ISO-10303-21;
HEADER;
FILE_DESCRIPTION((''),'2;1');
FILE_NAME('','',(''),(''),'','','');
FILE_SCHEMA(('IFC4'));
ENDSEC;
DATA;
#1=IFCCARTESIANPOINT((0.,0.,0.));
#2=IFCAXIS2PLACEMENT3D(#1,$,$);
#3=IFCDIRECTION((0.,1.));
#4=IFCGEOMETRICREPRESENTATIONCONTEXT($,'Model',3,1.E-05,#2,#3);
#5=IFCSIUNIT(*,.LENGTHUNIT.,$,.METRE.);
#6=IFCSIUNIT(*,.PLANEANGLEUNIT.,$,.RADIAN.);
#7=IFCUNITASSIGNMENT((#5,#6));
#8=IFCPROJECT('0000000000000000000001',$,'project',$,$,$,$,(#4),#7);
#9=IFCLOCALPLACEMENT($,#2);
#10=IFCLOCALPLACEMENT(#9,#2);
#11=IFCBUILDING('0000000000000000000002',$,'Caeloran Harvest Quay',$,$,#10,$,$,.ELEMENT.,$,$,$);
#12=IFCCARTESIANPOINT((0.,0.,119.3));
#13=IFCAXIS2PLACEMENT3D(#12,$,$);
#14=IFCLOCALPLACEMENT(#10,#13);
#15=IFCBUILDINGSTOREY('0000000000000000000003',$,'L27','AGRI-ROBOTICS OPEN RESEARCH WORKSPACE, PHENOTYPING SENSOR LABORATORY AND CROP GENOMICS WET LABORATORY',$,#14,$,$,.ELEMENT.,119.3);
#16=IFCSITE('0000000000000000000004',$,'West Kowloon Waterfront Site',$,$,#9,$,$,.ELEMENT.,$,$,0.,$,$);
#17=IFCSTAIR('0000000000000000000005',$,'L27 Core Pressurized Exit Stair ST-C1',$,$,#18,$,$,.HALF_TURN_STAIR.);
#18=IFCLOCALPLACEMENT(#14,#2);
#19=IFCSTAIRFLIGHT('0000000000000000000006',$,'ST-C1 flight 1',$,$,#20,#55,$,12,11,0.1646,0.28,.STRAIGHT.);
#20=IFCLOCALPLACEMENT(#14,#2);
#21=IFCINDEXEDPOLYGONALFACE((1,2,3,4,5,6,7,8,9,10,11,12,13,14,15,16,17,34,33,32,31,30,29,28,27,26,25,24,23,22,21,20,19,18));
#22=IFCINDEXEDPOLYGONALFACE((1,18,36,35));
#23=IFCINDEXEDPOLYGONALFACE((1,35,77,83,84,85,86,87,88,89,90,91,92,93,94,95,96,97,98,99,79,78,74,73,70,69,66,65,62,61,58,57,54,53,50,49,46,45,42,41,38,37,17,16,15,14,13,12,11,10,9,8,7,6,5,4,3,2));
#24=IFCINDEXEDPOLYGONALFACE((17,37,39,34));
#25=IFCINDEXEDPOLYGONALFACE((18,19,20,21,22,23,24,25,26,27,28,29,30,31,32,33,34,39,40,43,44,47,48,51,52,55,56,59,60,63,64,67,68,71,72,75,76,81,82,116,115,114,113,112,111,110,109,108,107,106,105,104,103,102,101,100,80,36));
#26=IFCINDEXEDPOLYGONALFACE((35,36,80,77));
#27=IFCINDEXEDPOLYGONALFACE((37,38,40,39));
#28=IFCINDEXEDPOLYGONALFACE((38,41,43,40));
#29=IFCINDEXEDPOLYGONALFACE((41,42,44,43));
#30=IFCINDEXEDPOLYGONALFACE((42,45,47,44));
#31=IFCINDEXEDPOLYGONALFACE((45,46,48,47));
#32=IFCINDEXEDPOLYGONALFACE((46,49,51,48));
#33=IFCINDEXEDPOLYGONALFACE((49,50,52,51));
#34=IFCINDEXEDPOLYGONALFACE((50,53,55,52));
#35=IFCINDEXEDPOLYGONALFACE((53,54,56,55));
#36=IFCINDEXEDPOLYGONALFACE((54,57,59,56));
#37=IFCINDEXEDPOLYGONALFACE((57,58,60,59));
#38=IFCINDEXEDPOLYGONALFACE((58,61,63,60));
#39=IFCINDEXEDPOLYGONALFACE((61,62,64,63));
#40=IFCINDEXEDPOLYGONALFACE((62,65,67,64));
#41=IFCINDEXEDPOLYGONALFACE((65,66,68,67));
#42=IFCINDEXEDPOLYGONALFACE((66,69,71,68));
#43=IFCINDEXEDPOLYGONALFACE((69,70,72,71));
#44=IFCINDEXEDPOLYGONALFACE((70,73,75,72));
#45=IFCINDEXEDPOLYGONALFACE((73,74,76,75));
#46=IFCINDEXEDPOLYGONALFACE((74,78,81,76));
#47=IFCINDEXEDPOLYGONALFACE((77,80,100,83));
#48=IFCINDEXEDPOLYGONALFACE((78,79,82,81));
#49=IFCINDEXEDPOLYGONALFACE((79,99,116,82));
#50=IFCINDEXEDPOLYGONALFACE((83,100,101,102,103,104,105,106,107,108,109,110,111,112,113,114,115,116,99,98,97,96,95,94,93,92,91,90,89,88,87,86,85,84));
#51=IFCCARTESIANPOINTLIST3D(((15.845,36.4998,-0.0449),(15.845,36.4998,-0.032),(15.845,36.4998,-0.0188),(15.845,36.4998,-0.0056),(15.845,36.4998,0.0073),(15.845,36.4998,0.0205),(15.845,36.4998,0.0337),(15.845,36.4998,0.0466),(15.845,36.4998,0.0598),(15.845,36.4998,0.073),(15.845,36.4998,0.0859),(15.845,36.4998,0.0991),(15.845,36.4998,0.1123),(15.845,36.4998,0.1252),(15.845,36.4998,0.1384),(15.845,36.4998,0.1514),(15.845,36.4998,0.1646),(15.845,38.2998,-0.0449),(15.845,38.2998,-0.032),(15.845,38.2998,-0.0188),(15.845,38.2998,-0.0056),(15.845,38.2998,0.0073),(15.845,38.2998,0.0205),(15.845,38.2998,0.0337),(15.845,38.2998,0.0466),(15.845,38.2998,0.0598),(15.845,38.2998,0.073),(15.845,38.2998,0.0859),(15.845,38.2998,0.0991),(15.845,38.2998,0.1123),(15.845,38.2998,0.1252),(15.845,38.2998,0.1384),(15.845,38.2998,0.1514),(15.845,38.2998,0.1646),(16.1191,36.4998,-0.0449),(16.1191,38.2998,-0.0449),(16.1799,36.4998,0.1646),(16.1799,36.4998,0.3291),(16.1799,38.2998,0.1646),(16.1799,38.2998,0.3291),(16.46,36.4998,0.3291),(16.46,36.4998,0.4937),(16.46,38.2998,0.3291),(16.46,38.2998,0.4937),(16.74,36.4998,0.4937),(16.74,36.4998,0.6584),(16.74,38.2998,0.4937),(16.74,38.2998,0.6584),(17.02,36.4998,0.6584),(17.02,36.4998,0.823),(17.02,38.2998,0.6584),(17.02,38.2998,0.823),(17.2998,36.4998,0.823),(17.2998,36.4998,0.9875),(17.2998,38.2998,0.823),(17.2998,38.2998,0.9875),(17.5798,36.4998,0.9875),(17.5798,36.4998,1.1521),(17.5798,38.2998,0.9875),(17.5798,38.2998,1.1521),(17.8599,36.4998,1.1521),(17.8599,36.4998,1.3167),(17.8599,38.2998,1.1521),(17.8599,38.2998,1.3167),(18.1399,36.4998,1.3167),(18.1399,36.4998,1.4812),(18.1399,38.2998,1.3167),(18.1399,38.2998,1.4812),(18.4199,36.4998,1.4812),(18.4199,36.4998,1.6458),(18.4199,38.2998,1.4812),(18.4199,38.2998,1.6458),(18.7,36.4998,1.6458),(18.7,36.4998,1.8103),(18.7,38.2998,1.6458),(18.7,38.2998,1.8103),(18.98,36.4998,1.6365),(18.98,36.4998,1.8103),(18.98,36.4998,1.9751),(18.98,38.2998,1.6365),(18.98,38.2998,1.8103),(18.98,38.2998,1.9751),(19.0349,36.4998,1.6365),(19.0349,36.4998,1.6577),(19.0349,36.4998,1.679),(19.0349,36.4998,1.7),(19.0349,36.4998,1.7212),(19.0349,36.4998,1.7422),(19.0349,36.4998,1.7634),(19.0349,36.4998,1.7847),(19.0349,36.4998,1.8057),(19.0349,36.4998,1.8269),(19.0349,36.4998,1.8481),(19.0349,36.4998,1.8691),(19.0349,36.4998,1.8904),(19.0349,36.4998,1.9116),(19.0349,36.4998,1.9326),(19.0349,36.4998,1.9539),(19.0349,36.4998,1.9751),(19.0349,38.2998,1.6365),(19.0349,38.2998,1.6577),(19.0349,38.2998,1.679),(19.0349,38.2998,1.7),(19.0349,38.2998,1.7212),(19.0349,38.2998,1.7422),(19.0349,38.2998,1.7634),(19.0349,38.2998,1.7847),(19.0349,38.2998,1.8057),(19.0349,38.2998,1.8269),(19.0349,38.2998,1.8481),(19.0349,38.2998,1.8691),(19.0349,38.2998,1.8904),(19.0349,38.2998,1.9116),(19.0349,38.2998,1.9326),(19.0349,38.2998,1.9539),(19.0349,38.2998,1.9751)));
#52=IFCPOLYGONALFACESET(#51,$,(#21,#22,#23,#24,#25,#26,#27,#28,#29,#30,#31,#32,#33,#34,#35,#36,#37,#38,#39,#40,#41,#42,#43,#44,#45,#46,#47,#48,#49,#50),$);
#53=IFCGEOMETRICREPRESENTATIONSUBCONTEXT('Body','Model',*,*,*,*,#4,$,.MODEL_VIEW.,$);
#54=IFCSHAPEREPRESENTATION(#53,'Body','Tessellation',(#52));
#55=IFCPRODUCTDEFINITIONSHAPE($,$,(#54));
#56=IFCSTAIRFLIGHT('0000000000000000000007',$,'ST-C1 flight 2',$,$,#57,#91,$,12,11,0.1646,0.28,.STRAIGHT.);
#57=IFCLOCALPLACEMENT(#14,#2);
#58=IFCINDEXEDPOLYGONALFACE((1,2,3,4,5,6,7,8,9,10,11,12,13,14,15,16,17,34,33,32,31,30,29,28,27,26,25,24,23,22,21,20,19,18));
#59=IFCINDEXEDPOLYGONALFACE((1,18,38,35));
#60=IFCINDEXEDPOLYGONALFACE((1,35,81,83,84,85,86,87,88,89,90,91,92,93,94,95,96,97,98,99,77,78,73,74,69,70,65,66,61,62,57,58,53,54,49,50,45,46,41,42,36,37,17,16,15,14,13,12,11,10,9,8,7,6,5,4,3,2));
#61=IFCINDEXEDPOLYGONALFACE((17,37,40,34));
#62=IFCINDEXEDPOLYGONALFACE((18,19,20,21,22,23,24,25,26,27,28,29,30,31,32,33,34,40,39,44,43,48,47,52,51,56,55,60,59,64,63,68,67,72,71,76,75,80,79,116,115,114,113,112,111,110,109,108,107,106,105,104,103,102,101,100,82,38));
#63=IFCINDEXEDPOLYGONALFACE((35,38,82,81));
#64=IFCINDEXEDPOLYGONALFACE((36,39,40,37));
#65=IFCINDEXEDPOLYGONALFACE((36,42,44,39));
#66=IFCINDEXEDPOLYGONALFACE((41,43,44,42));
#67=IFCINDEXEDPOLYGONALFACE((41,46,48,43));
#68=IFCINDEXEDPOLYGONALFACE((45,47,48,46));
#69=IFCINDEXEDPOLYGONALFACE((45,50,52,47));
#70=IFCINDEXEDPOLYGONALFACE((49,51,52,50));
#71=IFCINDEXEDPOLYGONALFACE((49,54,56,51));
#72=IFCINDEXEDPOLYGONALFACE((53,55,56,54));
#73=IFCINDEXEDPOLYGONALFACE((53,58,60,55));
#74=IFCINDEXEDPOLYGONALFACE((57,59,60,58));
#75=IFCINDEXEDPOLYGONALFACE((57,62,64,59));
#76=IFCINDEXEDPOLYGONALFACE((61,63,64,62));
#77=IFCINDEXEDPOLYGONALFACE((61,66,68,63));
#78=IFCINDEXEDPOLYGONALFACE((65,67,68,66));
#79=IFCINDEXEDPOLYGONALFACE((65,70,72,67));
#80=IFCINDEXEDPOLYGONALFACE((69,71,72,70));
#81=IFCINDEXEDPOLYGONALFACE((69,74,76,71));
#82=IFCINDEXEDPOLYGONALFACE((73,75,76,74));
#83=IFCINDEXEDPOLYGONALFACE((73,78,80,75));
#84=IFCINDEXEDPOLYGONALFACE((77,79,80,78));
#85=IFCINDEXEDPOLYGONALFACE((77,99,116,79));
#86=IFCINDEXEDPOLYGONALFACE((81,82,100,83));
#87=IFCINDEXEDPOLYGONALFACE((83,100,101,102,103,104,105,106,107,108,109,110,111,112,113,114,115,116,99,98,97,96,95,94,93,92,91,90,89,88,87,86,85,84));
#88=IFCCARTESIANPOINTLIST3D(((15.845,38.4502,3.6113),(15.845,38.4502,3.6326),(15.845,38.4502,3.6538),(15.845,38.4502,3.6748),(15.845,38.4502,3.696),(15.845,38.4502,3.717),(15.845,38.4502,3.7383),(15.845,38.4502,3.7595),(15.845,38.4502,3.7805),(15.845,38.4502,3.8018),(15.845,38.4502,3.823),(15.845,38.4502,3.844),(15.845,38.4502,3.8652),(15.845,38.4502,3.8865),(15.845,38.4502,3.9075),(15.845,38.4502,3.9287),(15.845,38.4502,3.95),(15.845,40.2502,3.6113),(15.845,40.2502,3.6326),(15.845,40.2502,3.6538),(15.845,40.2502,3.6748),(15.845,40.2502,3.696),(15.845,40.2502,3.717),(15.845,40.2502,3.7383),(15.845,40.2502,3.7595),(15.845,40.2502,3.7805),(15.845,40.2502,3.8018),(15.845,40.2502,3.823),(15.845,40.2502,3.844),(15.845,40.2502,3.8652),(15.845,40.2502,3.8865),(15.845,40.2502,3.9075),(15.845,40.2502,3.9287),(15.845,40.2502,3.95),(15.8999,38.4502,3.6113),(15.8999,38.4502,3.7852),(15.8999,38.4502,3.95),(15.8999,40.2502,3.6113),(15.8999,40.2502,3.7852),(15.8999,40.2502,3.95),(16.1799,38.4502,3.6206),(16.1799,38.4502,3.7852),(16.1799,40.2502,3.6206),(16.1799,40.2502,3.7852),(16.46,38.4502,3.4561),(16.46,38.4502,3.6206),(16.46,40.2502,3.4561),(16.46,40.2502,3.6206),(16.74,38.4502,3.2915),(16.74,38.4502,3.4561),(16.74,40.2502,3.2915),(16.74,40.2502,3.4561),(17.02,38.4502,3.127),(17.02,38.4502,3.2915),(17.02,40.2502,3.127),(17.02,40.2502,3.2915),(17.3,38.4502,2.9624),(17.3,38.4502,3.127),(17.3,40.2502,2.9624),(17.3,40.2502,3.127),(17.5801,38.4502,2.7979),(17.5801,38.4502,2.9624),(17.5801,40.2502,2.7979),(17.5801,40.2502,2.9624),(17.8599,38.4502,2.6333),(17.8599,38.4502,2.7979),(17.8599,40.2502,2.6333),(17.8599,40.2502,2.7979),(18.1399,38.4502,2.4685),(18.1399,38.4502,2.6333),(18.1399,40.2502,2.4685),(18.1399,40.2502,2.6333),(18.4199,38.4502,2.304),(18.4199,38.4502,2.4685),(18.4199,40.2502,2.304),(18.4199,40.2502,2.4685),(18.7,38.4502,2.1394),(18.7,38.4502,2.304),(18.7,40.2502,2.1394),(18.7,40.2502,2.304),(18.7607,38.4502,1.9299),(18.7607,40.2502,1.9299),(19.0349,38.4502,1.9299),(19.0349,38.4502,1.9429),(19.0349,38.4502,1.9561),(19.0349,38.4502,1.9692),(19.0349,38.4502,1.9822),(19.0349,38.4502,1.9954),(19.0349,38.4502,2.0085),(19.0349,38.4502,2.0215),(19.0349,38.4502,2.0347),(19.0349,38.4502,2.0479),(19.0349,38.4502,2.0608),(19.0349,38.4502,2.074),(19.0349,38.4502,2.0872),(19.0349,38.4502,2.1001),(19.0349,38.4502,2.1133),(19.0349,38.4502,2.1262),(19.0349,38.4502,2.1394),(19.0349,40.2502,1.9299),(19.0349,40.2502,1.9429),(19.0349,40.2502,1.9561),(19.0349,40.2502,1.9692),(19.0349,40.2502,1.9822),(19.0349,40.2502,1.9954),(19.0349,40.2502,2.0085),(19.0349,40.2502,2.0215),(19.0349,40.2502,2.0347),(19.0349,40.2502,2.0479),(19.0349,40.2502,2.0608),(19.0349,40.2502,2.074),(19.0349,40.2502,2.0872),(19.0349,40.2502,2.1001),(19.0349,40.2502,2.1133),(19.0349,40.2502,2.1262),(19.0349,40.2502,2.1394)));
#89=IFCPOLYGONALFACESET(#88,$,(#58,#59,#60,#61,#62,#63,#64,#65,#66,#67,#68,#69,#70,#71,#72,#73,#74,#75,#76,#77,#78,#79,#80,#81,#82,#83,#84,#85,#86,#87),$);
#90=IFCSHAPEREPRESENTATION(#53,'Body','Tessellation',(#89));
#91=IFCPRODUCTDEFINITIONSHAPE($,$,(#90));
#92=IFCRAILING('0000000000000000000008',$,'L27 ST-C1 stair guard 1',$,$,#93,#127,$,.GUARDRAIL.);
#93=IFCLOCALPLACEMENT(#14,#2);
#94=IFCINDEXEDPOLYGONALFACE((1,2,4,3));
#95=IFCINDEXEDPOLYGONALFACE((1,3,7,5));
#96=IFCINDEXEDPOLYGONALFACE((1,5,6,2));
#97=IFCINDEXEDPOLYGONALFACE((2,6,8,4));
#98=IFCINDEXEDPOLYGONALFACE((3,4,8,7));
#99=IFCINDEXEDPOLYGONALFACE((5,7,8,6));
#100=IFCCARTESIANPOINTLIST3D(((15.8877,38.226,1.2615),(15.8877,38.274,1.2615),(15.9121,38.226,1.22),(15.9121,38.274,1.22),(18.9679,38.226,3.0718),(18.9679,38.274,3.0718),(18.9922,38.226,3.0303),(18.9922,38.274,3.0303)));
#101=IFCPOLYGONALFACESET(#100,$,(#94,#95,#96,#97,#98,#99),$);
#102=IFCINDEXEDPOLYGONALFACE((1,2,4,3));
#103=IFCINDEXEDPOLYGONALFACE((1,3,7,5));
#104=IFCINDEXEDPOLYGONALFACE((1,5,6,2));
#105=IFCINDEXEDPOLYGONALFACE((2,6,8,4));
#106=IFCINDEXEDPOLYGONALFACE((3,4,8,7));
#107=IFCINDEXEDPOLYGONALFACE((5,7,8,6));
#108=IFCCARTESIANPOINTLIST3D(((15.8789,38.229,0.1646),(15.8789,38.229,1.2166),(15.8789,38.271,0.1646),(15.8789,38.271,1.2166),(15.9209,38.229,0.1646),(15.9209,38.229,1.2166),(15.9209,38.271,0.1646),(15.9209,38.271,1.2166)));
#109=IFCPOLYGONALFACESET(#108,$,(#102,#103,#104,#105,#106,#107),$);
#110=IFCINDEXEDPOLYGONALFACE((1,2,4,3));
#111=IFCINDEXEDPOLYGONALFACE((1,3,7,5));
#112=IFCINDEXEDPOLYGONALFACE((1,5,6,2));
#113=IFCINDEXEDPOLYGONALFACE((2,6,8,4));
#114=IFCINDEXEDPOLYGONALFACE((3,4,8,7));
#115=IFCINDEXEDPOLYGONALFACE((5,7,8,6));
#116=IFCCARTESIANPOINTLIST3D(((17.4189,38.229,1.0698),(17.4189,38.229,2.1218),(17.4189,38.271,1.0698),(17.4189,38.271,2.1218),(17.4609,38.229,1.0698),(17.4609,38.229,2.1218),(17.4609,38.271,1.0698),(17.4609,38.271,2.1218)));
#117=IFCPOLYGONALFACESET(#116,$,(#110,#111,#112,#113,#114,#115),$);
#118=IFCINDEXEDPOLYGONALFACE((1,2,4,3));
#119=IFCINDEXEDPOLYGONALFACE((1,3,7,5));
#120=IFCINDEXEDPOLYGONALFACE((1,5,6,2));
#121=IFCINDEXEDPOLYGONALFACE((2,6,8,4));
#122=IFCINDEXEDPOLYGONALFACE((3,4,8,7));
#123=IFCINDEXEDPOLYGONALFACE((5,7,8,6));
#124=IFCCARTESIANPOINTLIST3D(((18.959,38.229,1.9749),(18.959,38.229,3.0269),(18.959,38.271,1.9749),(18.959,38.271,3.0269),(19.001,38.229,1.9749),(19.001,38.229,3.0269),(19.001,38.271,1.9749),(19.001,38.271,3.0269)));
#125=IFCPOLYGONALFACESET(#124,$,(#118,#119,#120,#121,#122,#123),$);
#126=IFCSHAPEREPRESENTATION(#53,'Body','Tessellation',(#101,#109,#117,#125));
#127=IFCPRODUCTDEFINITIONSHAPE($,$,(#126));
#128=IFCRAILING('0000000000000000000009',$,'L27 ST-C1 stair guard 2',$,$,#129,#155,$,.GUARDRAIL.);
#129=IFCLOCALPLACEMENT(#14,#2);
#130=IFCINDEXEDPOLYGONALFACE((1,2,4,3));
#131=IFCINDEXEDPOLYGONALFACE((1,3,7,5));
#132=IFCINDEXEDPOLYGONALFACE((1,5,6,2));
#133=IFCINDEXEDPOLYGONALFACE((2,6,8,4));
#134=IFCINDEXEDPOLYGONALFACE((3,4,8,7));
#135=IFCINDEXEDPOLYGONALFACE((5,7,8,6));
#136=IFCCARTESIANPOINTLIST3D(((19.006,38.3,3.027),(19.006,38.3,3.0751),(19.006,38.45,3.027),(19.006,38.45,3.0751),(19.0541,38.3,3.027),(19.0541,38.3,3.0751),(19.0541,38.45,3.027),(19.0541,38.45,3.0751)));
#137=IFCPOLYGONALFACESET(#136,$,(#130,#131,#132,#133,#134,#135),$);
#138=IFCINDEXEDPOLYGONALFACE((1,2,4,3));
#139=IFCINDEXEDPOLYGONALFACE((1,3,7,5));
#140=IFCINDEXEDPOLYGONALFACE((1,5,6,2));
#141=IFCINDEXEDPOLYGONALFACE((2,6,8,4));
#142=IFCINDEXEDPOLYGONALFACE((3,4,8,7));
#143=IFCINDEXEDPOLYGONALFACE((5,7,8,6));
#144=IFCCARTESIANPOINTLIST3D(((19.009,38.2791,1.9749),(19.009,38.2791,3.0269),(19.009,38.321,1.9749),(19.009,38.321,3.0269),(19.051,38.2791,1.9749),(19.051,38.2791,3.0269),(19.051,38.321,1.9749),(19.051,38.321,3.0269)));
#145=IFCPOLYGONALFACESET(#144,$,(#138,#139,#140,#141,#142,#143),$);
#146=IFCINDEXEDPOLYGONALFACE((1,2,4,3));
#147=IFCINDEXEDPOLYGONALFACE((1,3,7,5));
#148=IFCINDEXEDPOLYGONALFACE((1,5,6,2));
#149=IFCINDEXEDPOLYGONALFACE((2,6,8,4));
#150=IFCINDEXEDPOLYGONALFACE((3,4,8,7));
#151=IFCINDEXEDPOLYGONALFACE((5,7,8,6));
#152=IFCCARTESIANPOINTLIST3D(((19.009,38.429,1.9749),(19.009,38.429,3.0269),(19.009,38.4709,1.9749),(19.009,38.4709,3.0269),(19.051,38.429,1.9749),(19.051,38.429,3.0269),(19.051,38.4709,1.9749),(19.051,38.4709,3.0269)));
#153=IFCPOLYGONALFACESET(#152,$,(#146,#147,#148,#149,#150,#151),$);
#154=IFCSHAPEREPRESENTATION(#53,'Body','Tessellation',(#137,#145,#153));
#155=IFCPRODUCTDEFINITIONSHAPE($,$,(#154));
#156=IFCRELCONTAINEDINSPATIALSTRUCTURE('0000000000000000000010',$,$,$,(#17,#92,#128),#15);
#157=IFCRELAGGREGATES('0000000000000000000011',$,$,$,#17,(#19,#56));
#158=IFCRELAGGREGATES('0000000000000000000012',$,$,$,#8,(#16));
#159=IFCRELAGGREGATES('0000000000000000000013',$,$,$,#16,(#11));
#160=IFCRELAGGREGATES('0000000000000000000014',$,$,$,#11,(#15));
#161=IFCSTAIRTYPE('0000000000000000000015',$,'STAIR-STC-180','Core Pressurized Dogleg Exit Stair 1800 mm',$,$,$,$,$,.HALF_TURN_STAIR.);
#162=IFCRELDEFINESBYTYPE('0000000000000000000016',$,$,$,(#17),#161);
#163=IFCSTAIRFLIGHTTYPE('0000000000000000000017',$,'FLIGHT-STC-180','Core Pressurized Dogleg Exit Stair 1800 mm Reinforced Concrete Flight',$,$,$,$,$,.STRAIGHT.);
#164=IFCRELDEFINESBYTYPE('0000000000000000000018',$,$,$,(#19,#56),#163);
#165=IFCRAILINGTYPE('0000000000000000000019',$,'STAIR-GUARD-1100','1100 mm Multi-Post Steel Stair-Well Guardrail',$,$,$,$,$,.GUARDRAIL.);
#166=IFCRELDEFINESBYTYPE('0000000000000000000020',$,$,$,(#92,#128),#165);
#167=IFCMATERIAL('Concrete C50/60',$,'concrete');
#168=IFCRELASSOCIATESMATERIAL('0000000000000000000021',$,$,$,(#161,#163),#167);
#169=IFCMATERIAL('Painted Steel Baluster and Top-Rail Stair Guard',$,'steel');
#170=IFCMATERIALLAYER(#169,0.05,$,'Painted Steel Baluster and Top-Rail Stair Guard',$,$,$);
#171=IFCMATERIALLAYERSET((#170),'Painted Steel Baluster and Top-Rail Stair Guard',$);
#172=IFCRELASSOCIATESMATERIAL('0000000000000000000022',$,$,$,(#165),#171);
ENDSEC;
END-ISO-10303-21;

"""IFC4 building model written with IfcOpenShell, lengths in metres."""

from ifc_helpers import new_model, si_unit, direction, frame, origin, origin_2d, place, context, subcontext, project, spatial, polyline, rectangle, outline, extrude, material, layer, layer_set, type_object, element, aggregate, save


model = new_model("IFC4")

# Units and contexts
model_context = context("Model", 3, precision=1e-05, world=origin(), true_north=direction((0.0, 1.0)))
body_context = subcontext(model_context, "Body", "Model", "MODEL_VIEW")
ifc_project = project(units=[si_unit("LENGTHUNIT", "METRE"), si_unit("PLANEANGLEUNIT", "RADIAN")], contexts=[model_context])

# Site, building, storey
site_placement = place(None, origin())
site = spatial("IfcSite", under=ifc_project, at=site_placement, Name="West Kowloon Waterfront Site", CompositionType="ELEMENT", RefElevation=0.0)
building_placement = place(site_placement, origin())
building = spatial("IfcBuilding", under=site, at=building_placement, Name="Caeloran Harvest Quay", CompositionType="ELEMENT")
storey_placement = place(building_placement, frame((0.0, 0.0, 119.3)))
storey = spatial("IfcBuildingStorey", under=building, at=storey_placement, Name="L27", Description="AGRI-ROBOTICS OPEN RESEARCH WORKSPACE, PHENOTYPING SENSOR LABORATORY AND CROP GENOMICS WET LABORATORY", CompositionType="ELEMENT", Elevation=119.3)

# Stair, stair flights
ifc_material_1 = material(Name="Concrete C50/60", Category="concrete")
stair_type = type_object("IfcStairType", Name="STAIR-STC-180", Description="Core Pressurized Dogleg Exit Stair 1800 mm", PredefinedType="HALF_TURN_STAIR", material=ifc_material_1)
stair_placement = place(storey_placement, origin())
stair = element("IfcStair", 1, at=stair_placement, inside=storey, type_object=stair_type, Name="L27 Core Pressurized Exit Stair ST-C1", PredefinedType="HALF_TURN_STAIR")
stair_flight_type = type_object("IfcStairFlightType", Name="FLIGHT-STC-180", Description="Core Pressurized Dogleg Exit Stair 1800 mm Reinforced Concrete Flight", PredefinedType="STRAIGHT", material=ifc_material_1)
stair_flight_1_placement = place(storey_placement, frame((15.8999, 37.3999, 0.0), z_axis=(0.0, 0.0, 1.0), x_axis=(1.0, 0.0, 0.0)))
stair_flight_1 = element("IfcStairFlight", 2, at=stair_flight_1_placement, type_object=stair_flight_type, Name="ST-C1 flight 1", NumberOfRisers=12, NumberOfTreads=11, PredefinedType="STRAIGHT", RiserHeight=0.1646, TreadLength=0.28, context=body_context, shape_type="SweptSolid", body=[
    extrude(outline(polyline([(-0.0549, -0.0449), (-0.0549, -0.032), (-0.0549, -0.0188), (-0.0549, -0.0056), (-0.0549, 0.0073), (-0.0549, 0.0205), (-0.0549, 0.0337), (-0.0549, 0.0466), (-0.0549, 0.0598), (-0.0549, 0.073), (-0.0549, 0.0859), (-0.0549, 0.0991), (-0.0549, 0.1123), (-0.0549, 0.1252), (-0.0549, 0.1384), (-0.0549, 0.1514), (-0.0549, 0.1646), (0.28, 0.1646), (0.28, 0.3291), (0.5601, 0.3291), (0.5601, 0.4937), (0.8401, 0.4937), (0.8401, 0.6584), (1.1201, 0.6584), (1.1201, 0.823), (1.3999, 0.823), (1.3999, 0.9875), (1.6799, 0.9875), (1.6799, 1.1521), (1.96, 1.1521), (1.96, 1.3167), (2.24, 1.3167), (2.24, 1.4812), (2.52, 1.4812), (2.52, 1.6458), (2.8, 1.6458), (2.8, 1.8103), (3.0801, 1.8103), (3.0801, 1.9751), (3.135, 1.9751), (3.135, 1.9539), (3.135, 1.9326), (3.135, 1.9116), (3.135, 1.8904), (3.135, 1.8691), (3.135, 1.8481), (3.135, 1.8269), (3.135, 1.8057), (3.135, 1.7847), (3.135, 1.7634), (3.135, 1.7422), (3.135, 1.7212), (3.135, 1.7), (3.135, 1.679), (3.135, 1.6577), (3.135, 1.6365), (3.0801, 1.6365), (0.2192, -0.0449), (-0.0549, -0.0449)])), frame((0.0, 0.8999, 0.0), z_axis=(0.0, -1.0, 0.0), x_axis=(1.0, 0.0, 0.0)), (0.0, 0.0, 1.0), 1.8),
])
stair_flight_2_placement = place(storey_placement, frame((18.98, 39.3501, 1.9749), z_axis=(0.0, 0.0, 1.0), x_axis=(-1.0, 0.0, 0.0)))
stair_flight_2 = element("IfcStairFlight", 3, at=stair_flight_2_placement, type_object=stair_flight_type, Name="ST-C1 flight 2", NumberOfRisers=12, NumberOfTreads=11, PredefinedType="STRAIGHT", RiserHeight=0.1646, TreadLength=0.28, context=body_context, shape_type="SweptSolid", body=[
    extrude(outline(polyline([(-0.0549, -0.0449), (-0.0549, -0.032), (-0.0549, -0.0188), (-0.0549, -0.0056), (-0.0549, 0.0073), (-0.0549, 0.0205), (-0.0549, 0.0337), (-0.0549, 0.0466), (-0.0549, 0.0598), (-0.0549, 0.073), (-0.0549, 0.0859), (-0.0549, 0.0991), (-0.0549, 0.1123), (-0.0549, 0.1252), (-0.0549, 0.1384), (-0.0549, 0.1514), (-0.0549, 0.1646), (0.28, 0.1646), (0.28, 0.3291), (0.5601, 0.3291), (0.5601, 0.4937), (0.8401, 0.4937), (0.8401, 0.6584), (1.1201, 0.6584), (1.1201, 0.823), (1.3999, 0.823), (1.3999, 0.9875), (1.6799, 0.9875), (1.6799, 1.1521), (1.96, 1.1521), (1.96, 1.3167), (2.24, 1.3167), (2.24, 1.4812), (2.52, 1.4812), (2.52, 1.6458), (2.8, 1.6458), (2.8, 1.8103), (3.0801, 1.8103), (3.0801, 1.9751), (3.135, 1.9751), (3.135, 1.9539), (3.135, 1.9326), (3.135, 1.9116), (3.135, 1.8904), (3.135, 1.8691), (3.135, 1.8481), (3.135, 1.8269), (3.135, 1.8057), (3.135, 1.7847), (3.135, 1.7634), (3.135, 1.7422), (3.135, 1.7212), (3.135, 1.7), (3.135, 1.679), (3.135, 1.6577), (3.135, 1.6365), (3.0801, 1.6365), (0.2192, -0.0449), (-0.0549, -0.0449)])), frame((0.0, 0.8999, 0.0), z_axis=(0.0, -1.0, 0.0), x_axis=(1.0, 0.0, 0.0)), (0.0, 0.0, 1.0), 1.8),
])
aggregate(stair, [stair_flight_1, stair_flight_2])

# Railings
ifc_material_2 = material(Name="Painted Steel Baluster and Top-Rail Stair Guard", Category="steel")
ifc_layer_1 = layer(ifc_material_2, 0.05, Name="Painted Steel Baluster and Top-Rail Stair Guard")
ifc_layer_set_1 = layer_set([ifc_layer_1], Name="Painted Steel Baluster and Top-Rail Stair Guard")
railing_type_1 = type_object("IfcRailingType", Name="STAIR-GUARD-1100", Description="1100 mm Multi-Post Steel Stair-Well Guardrail", PredefinedType="GUARDRAIL", material=ifc_layer_set_1)
railing_1_placement = place(storey_placement, frame((15.8999, 38.25, 0.1646)))
element("IfcRailing", 4, at=railing_1_placement, inside=storey, type_object=railing_type_1, Name="L27 ST-C1 stair guard 1", PredefinedType="GUARDRAIL", context=body_context, shape_type="SweptSolid", body=[
    extrude(rectangle(XDim=0.0481, YDim=0.0481, at=origin_2d()), frame((0.0, 0.0, 1.0762), z_axis=(0.862119, 0.0, 0.506707), x_axis=(0.0, 1.0, 0.0)), (0.0, 0.0, 1.0), 3.5728),
    extrude(rectangle(XDim=0.042, YDim=0.042, at=origin_2d()), origin(), (0.0, 0.0, 1.0), 1.052),
    extrude(rectangle(XDim=0.042, YDim=0.042, at=origin_2d()), frame((1.54, 0.0, 0.9053)), (0.0, 0.0, 1.0), 1.052),
    extrude(rectangle(XDim=0.042, YDim=0.042, at=origin_2d()), frame((3.0801, 0.0, 1.8103)), (0.0, 0.0, 1.0), 1.052),
])
railing_2_placement = place(storey_placement, frame((19.03, 38.3, 1.9749)))
element("IfcRailing", 5, at=railing_2_placement, inside=storey, type_object=railing_type_1, Name="L27 ST-C1 stair guard 2", PredefinedType="GUARDRAIL", context=body_context, shape_type="SweptSolid", body=[
    extrude(rectangle(XDim=0.0481, YDim=0.0481, at=origin_2d()), frame((0.0, 0.0, 1.0762), z_axis=(0.0, 1.0, 0.0), x_axis=(-1.0, 0.0, 0.0)), (0.0, 0.0, 1.0), 0.1499),
    extrude(rectangle(XDim=0.042, YDim=0.042, at=origin_2d()), origin(), (0.0, 0.0, 1.0), 1.052),
    extrude(rectangle(XDim=0.042, YDim=0.042, at=origin_2d()), frame((0.0, 0.1499, 0.0)), (0.0, 0.0, 1.0), 1.052),
])

save(model, "model.ifc")
